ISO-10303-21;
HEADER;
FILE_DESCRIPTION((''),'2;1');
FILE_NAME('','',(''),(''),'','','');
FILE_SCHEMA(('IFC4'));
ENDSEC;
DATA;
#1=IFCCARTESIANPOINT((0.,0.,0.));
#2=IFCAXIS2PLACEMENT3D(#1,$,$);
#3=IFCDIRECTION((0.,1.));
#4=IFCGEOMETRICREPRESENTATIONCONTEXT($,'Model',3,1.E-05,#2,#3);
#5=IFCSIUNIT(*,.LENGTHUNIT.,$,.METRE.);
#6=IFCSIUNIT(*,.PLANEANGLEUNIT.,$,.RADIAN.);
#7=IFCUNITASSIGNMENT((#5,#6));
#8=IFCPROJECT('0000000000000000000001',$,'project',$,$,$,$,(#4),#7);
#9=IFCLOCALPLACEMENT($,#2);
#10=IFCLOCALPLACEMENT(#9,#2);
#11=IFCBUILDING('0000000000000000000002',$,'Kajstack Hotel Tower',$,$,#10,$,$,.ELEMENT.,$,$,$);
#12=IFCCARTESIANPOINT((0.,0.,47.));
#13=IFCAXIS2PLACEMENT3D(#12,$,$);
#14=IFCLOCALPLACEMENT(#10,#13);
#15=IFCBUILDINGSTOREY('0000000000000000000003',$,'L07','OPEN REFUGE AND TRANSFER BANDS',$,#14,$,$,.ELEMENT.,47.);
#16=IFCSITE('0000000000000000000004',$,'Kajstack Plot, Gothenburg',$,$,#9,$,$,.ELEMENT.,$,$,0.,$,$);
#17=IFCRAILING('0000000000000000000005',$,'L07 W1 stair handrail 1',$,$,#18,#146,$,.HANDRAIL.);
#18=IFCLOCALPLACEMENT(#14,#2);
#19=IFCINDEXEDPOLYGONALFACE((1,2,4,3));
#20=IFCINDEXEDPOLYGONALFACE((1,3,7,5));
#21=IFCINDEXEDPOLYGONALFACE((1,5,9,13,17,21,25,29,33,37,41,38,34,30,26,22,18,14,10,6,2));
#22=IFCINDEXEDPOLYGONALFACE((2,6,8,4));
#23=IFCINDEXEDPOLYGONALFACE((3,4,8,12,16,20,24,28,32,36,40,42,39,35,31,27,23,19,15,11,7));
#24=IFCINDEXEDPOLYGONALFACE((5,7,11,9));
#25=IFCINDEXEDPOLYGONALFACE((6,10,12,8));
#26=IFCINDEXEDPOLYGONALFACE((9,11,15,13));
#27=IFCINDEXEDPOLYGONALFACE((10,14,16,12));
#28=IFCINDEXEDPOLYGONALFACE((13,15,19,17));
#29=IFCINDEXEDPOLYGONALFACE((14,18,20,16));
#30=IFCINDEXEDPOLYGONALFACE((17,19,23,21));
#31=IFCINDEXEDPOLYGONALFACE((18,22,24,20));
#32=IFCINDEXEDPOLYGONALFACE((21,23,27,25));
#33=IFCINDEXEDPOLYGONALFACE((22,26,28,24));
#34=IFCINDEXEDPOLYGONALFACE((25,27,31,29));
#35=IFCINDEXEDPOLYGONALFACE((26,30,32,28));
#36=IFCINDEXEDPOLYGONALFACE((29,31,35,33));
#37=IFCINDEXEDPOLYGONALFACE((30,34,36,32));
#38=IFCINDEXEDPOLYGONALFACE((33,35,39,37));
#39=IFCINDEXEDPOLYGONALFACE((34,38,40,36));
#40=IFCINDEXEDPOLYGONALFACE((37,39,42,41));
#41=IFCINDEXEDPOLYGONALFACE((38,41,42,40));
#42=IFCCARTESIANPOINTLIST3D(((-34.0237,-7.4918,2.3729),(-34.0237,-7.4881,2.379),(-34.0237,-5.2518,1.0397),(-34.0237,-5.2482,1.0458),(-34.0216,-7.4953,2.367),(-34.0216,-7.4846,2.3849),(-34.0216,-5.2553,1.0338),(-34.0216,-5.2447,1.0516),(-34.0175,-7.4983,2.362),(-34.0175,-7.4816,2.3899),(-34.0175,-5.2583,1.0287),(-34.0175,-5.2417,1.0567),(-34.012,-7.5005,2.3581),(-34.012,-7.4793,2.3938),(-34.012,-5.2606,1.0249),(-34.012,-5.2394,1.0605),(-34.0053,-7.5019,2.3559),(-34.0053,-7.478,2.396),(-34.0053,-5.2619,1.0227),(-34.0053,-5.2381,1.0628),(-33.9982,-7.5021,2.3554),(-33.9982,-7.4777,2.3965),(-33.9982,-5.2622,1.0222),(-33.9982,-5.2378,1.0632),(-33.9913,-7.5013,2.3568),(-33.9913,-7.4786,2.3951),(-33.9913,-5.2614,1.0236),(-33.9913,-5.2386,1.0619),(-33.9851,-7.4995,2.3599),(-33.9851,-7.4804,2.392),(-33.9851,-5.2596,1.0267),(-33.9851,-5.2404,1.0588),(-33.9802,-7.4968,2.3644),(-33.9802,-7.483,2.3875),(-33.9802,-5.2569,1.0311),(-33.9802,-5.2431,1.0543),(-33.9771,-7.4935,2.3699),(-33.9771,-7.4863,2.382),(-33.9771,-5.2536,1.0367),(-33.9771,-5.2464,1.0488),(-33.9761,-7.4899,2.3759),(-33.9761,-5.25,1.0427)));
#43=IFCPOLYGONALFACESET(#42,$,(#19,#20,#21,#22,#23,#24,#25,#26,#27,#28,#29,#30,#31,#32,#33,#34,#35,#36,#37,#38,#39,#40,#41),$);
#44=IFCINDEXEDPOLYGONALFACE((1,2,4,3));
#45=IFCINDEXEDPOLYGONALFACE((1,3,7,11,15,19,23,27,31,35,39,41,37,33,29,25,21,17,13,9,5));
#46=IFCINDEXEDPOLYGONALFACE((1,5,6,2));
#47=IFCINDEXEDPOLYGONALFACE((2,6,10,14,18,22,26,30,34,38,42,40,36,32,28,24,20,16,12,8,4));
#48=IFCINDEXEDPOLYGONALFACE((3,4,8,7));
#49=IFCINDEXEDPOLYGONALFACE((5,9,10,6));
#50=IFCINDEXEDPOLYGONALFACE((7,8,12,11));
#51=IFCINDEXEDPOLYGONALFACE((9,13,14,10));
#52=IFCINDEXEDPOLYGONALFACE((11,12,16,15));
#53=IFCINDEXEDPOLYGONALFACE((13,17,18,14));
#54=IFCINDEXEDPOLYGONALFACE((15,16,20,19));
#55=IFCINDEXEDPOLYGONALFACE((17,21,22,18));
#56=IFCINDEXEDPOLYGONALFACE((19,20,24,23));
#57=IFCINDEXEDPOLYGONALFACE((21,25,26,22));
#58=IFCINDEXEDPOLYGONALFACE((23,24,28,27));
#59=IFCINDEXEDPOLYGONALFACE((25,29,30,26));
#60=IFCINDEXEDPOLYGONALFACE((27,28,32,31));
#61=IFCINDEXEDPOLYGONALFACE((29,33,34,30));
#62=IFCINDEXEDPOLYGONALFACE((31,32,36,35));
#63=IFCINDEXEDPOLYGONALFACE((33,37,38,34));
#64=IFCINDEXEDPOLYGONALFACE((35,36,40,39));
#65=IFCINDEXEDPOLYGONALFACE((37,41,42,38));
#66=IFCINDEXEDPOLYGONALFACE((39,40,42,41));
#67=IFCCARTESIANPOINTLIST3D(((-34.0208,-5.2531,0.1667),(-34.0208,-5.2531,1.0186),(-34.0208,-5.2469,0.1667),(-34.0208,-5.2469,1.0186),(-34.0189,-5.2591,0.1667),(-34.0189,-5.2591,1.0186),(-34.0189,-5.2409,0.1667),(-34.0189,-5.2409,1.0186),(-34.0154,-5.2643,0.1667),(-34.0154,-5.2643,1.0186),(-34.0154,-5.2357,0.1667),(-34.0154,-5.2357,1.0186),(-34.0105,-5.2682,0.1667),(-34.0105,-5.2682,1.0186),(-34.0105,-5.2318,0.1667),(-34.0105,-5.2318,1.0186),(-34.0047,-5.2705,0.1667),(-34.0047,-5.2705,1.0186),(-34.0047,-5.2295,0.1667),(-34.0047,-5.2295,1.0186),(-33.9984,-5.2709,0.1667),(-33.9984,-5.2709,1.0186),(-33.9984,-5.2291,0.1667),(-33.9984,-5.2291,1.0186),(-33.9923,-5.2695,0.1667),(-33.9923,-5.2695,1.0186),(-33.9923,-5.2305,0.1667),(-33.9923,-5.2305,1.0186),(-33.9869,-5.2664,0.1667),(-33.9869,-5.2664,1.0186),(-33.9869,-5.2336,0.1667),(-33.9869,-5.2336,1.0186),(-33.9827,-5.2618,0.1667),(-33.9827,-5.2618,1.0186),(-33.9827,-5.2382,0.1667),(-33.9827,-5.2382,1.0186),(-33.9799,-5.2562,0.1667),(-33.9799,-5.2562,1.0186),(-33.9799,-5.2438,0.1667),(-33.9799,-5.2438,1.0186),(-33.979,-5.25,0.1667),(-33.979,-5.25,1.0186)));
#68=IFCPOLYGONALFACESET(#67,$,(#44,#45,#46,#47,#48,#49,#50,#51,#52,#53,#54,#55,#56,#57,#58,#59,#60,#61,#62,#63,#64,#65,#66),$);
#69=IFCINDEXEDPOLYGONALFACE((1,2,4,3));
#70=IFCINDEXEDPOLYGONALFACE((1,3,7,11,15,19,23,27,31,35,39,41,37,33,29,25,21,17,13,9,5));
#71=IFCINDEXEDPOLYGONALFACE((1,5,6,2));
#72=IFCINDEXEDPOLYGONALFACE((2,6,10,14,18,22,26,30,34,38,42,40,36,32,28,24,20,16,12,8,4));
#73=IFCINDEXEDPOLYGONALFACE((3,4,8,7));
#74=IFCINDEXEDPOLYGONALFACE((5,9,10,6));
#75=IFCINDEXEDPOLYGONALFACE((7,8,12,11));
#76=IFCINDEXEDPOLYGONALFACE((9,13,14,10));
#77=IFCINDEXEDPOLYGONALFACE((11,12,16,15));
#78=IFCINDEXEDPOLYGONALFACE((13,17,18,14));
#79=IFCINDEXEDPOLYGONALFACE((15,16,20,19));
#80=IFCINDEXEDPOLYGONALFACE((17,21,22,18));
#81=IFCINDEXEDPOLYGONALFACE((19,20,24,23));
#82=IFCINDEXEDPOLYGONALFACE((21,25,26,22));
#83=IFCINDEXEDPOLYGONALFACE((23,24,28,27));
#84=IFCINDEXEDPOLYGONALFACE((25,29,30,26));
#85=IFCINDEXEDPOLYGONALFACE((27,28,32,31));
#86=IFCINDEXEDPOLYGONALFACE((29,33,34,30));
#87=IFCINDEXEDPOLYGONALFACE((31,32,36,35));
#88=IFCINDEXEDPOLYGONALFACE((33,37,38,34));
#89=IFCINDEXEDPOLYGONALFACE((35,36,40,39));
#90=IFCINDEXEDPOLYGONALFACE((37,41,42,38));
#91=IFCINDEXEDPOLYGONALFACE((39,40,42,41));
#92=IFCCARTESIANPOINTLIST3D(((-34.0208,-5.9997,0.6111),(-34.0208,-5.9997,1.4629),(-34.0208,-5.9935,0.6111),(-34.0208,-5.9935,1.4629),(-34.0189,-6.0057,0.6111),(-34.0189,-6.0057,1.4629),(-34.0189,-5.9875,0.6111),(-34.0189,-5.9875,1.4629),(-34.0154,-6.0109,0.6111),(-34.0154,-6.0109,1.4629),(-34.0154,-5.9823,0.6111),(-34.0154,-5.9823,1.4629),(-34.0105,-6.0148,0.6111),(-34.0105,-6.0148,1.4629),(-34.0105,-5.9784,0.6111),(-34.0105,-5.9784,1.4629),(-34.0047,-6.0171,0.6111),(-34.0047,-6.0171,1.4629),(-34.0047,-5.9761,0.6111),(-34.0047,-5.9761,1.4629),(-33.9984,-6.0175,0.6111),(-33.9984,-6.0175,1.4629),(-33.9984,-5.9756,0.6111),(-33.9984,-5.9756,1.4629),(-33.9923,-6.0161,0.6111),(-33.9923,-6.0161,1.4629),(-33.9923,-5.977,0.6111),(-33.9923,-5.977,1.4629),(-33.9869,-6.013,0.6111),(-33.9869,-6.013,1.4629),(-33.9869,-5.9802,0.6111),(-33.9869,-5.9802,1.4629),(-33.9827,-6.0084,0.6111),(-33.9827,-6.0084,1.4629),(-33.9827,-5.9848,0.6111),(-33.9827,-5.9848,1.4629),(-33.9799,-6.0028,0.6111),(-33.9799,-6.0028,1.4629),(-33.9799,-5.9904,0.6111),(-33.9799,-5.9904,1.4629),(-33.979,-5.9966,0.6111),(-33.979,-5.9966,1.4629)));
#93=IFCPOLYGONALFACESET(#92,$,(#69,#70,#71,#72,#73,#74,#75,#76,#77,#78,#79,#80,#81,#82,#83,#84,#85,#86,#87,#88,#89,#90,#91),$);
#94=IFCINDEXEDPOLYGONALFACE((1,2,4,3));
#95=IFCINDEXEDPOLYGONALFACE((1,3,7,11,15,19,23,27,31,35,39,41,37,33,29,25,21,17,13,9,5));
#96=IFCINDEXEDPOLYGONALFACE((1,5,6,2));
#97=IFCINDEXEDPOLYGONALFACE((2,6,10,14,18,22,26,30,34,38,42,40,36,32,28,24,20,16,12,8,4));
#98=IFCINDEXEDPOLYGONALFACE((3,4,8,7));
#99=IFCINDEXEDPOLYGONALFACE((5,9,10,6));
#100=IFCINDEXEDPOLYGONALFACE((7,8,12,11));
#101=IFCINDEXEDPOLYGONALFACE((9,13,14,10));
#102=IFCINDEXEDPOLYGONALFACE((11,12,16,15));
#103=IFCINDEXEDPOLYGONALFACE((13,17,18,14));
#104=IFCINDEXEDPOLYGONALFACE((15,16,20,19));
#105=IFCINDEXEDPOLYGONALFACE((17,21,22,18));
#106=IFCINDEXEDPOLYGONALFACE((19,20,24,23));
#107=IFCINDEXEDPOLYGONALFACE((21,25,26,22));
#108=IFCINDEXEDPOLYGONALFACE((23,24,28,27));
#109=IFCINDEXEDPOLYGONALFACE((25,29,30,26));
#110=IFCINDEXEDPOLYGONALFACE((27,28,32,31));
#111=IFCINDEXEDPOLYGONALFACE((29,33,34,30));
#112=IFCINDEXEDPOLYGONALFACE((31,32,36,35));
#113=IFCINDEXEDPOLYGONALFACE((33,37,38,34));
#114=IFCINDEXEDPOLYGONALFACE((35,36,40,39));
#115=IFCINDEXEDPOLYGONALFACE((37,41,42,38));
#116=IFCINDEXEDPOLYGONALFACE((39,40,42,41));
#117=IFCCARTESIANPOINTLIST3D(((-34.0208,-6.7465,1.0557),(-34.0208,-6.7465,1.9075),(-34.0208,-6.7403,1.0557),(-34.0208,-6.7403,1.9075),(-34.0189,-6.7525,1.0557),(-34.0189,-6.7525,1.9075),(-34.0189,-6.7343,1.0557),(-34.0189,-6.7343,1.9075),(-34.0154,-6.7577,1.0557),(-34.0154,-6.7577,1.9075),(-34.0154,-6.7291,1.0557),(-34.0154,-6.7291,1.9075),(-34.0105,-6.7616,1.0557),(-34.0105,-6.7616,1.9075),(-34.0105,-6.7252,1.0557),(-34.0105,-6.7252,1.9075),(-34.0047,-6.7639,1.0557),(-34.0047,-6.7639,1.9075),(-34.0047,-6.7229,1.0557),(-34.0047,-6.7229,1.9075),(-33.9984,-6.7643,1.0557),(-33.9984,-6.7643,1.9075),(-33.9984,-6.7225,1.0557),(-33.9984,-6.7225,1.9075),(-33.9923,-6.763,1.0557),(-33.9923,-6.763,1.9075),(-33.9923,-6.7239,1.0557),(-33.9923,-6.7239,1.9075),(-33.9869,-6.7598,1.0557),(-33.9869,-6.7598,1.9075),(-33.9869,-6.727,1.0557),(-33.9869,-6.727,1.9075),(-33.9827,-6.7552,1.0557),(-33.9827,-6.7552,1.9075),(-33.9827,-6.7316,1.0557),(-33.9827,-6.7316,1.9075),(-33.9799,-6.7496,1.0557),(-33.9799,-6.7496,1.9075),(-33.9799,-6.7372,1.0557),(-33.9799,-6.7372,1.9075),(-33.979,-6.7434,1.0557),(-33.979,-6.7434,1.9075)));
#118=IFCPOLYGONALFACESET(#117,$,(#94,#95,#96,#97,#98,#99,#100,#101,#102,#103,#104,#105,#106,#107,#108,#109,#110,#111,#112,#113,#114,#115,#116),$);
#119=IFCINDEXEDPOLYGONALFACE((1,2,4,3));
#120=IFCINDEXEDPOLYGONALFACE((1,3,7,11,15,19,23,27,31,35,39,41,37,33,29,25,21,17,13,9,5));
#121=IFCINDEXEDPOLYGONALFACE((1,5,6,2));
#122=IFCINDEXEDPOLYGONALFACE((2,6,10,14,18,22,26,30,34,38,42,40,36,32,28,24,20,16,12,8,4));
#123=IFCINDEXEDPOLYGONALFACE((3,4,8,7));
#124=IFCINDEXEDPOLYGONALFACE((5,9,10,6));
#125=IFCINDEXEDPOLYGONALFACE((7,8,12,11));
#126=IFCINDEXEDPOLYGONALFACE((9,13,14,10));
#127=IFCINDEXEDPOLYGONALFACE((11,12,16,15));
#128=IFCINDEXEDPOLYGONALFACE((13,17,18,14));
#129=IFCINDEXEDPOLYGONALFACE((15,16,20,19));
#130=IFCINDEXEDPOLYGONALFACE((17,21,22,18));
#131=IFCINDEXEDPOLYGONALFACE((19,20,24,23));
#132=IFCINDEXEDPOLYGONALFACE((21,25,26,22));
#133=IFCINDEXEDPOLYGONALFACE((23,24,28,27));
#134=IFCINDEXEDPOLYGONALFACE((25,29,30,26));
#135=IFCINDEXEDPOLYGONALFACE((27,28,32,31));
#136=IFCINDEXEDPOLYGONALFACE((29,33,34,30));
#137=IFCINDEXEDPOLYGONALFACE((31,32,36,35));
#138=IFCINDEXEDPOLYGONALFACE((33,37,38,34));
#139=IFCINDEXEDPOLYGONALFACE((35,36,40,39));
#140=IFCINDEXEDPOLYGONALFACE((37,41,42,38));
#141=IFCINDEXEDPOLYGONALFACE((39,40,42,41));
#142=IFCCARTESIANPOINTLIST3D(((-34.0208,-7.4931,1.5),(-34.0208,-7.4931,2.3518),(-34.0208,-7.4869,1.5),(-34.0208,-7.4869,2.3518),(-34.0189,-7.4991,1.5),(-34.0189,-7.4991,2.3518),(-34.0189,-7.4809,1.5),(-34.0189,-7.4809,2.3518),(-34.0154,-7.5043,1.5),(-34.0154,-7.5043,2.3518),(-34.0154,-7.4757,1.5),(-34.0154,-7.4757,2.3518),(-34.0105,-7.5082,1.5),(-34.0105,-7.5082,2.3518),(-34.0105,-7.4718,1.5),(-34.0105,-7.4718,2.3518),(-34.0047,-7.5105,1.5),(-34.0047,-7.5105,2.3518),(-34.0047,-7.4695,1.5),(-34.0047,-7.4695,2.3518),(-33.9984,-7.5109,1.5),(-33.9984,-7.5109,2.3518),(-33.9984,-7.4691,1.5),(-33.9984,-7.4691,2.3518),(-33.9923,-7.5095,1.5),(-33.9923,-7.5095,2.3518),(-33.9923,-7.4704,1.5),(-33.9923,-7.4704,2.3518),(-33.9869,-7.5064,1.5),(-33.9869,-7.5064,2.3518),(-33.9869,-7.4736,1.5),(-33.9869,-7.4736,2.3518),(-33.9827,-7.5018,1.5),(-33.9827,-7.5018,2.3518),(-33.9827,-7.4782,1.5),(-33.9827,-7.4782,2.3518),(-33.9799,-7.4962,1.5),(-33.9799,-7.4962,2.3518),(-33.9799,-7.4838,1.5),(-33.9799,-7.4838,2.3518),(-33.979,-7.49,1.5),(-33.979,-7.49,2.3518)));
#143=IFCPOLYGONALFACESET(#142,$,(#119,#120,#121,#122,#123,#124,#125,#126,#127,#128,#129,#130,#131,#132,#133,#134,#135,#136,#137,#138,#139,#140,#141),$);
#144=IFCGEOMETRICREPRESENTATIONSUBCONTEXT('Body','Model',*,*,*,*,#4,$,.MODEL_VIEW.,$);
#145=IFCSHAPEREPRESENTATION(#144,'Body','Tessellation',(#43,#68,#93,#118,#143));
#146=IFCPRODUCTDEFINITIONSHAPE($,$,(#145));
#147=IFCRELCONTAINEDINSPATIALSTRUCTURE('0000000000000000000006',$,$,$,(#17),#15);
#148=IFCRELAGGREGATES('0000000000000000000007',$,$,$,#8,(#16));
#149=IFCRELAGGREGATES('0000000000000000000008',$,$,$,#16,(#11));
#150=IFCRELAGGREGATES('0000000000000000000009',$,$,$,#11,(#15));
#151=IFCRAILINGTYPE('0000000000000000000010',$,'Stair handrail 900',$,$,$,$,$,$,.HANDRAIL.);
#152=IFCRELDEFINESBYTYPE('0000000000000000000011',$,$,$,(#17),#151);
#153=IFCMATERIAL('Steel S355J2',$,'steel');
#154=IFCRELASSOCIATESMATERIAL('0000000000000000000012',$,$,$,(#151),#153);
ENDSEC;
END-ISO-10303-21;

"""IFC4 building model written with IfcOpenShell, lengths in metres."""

from ifc_helpers import new_model, si_unit, direction, frame, origin, origin_2d, place, context, subcontext, project, spatial, circle, extrude, material, type_object, element, save


model = new_model("IFC4")

# Units and contexts
model_context = context("Model", 3, precision=1e-05, world=origin(), true_north=direction((0.0, 1.0)))
body_context = subcontext(model_context, "Body", "Model", "MODEL_VIEW")
ifc_project = project(units=[si_unit("LENGTHUNIT", "METRE"), si_unit("PLANEANGLEUNIT", "RADIAN")], contexts=[model_context])

# Site, building, storey
site_placement = place(None, origin())
site = spatial("IfcSite", under=ifc_project, at=site_placement, Name="Kajstack Plot, Gothenburg", CompositionType="ELEMENT", RefElevation=0.0)
building_placement = place(site_placement, origin())
building = spatial("IfcBuilding", under=site, at=building_placement, Name="Kajstack Hotel Tower", CompositionType="ELEMENT")
storey_placement = place(building_placement, frame((0.0, 0.0, 47.0)))
storey = spatial("IfcBuildingStorey", under=building, at=storey_placement, Name="L07", Description="OPEN REFUGE AND TRANSFER BANDS", CompositionType="ELEMENT", Elevation=47.0)

# Railing
ifc_material_1 = material(Name="Steel S355J2", Category="steel")
railing_type_1 = type_object("IfcRailingType", Name="Stair handrail 900", PredefinedType="HANDRAIL", material=ifc_material_1)
for number, where, name in (
    (1, (-34.0, -5.25, 0.1667), "L07 W1 stair handrail 1"),
):
    element("IfcRailing", number, at=place(storey_placement, frame(where)), inside=storey, type_object=railing_type_1, Name=name, PredefinedType="HANDRAIL", context=body_context, shape_type="SweptSolid", body=[
        extrude(circle(Radius=0.0239, at=origin_2d()), frame((0.0, 0.0, 0.876), z_axis=(0.0, -0.859306, 0.511462), x_axis=(1.0, 0.0, 0.0)), (0.0, 0.0, 1.0), 2.6067),
        extrude(circle(Radius=0.021, at=origin_2d()), origin(), (0.0, 0.0, 1.0), 0.8518),
        extrude(circle(Radius=0.021, at=origin_2d()), frame((0.0, -0.7466, 0.4443)), (0.0, 0.0, 1.0), 0.8518),
        extrude(circle(Radius=0.021, at=origin_2d()), frame((0.0, -1.4934, 0.8889)), (0.0, 0.0, 1.0), 0.8518),
        extrude(circle(Radius=0.021, at=origin_2d()), frame((0.0, -2.24, 1.3333)), (0.0, 0.0, 1.0), 0.8518),
    ])

save(model, "model.ifc")
